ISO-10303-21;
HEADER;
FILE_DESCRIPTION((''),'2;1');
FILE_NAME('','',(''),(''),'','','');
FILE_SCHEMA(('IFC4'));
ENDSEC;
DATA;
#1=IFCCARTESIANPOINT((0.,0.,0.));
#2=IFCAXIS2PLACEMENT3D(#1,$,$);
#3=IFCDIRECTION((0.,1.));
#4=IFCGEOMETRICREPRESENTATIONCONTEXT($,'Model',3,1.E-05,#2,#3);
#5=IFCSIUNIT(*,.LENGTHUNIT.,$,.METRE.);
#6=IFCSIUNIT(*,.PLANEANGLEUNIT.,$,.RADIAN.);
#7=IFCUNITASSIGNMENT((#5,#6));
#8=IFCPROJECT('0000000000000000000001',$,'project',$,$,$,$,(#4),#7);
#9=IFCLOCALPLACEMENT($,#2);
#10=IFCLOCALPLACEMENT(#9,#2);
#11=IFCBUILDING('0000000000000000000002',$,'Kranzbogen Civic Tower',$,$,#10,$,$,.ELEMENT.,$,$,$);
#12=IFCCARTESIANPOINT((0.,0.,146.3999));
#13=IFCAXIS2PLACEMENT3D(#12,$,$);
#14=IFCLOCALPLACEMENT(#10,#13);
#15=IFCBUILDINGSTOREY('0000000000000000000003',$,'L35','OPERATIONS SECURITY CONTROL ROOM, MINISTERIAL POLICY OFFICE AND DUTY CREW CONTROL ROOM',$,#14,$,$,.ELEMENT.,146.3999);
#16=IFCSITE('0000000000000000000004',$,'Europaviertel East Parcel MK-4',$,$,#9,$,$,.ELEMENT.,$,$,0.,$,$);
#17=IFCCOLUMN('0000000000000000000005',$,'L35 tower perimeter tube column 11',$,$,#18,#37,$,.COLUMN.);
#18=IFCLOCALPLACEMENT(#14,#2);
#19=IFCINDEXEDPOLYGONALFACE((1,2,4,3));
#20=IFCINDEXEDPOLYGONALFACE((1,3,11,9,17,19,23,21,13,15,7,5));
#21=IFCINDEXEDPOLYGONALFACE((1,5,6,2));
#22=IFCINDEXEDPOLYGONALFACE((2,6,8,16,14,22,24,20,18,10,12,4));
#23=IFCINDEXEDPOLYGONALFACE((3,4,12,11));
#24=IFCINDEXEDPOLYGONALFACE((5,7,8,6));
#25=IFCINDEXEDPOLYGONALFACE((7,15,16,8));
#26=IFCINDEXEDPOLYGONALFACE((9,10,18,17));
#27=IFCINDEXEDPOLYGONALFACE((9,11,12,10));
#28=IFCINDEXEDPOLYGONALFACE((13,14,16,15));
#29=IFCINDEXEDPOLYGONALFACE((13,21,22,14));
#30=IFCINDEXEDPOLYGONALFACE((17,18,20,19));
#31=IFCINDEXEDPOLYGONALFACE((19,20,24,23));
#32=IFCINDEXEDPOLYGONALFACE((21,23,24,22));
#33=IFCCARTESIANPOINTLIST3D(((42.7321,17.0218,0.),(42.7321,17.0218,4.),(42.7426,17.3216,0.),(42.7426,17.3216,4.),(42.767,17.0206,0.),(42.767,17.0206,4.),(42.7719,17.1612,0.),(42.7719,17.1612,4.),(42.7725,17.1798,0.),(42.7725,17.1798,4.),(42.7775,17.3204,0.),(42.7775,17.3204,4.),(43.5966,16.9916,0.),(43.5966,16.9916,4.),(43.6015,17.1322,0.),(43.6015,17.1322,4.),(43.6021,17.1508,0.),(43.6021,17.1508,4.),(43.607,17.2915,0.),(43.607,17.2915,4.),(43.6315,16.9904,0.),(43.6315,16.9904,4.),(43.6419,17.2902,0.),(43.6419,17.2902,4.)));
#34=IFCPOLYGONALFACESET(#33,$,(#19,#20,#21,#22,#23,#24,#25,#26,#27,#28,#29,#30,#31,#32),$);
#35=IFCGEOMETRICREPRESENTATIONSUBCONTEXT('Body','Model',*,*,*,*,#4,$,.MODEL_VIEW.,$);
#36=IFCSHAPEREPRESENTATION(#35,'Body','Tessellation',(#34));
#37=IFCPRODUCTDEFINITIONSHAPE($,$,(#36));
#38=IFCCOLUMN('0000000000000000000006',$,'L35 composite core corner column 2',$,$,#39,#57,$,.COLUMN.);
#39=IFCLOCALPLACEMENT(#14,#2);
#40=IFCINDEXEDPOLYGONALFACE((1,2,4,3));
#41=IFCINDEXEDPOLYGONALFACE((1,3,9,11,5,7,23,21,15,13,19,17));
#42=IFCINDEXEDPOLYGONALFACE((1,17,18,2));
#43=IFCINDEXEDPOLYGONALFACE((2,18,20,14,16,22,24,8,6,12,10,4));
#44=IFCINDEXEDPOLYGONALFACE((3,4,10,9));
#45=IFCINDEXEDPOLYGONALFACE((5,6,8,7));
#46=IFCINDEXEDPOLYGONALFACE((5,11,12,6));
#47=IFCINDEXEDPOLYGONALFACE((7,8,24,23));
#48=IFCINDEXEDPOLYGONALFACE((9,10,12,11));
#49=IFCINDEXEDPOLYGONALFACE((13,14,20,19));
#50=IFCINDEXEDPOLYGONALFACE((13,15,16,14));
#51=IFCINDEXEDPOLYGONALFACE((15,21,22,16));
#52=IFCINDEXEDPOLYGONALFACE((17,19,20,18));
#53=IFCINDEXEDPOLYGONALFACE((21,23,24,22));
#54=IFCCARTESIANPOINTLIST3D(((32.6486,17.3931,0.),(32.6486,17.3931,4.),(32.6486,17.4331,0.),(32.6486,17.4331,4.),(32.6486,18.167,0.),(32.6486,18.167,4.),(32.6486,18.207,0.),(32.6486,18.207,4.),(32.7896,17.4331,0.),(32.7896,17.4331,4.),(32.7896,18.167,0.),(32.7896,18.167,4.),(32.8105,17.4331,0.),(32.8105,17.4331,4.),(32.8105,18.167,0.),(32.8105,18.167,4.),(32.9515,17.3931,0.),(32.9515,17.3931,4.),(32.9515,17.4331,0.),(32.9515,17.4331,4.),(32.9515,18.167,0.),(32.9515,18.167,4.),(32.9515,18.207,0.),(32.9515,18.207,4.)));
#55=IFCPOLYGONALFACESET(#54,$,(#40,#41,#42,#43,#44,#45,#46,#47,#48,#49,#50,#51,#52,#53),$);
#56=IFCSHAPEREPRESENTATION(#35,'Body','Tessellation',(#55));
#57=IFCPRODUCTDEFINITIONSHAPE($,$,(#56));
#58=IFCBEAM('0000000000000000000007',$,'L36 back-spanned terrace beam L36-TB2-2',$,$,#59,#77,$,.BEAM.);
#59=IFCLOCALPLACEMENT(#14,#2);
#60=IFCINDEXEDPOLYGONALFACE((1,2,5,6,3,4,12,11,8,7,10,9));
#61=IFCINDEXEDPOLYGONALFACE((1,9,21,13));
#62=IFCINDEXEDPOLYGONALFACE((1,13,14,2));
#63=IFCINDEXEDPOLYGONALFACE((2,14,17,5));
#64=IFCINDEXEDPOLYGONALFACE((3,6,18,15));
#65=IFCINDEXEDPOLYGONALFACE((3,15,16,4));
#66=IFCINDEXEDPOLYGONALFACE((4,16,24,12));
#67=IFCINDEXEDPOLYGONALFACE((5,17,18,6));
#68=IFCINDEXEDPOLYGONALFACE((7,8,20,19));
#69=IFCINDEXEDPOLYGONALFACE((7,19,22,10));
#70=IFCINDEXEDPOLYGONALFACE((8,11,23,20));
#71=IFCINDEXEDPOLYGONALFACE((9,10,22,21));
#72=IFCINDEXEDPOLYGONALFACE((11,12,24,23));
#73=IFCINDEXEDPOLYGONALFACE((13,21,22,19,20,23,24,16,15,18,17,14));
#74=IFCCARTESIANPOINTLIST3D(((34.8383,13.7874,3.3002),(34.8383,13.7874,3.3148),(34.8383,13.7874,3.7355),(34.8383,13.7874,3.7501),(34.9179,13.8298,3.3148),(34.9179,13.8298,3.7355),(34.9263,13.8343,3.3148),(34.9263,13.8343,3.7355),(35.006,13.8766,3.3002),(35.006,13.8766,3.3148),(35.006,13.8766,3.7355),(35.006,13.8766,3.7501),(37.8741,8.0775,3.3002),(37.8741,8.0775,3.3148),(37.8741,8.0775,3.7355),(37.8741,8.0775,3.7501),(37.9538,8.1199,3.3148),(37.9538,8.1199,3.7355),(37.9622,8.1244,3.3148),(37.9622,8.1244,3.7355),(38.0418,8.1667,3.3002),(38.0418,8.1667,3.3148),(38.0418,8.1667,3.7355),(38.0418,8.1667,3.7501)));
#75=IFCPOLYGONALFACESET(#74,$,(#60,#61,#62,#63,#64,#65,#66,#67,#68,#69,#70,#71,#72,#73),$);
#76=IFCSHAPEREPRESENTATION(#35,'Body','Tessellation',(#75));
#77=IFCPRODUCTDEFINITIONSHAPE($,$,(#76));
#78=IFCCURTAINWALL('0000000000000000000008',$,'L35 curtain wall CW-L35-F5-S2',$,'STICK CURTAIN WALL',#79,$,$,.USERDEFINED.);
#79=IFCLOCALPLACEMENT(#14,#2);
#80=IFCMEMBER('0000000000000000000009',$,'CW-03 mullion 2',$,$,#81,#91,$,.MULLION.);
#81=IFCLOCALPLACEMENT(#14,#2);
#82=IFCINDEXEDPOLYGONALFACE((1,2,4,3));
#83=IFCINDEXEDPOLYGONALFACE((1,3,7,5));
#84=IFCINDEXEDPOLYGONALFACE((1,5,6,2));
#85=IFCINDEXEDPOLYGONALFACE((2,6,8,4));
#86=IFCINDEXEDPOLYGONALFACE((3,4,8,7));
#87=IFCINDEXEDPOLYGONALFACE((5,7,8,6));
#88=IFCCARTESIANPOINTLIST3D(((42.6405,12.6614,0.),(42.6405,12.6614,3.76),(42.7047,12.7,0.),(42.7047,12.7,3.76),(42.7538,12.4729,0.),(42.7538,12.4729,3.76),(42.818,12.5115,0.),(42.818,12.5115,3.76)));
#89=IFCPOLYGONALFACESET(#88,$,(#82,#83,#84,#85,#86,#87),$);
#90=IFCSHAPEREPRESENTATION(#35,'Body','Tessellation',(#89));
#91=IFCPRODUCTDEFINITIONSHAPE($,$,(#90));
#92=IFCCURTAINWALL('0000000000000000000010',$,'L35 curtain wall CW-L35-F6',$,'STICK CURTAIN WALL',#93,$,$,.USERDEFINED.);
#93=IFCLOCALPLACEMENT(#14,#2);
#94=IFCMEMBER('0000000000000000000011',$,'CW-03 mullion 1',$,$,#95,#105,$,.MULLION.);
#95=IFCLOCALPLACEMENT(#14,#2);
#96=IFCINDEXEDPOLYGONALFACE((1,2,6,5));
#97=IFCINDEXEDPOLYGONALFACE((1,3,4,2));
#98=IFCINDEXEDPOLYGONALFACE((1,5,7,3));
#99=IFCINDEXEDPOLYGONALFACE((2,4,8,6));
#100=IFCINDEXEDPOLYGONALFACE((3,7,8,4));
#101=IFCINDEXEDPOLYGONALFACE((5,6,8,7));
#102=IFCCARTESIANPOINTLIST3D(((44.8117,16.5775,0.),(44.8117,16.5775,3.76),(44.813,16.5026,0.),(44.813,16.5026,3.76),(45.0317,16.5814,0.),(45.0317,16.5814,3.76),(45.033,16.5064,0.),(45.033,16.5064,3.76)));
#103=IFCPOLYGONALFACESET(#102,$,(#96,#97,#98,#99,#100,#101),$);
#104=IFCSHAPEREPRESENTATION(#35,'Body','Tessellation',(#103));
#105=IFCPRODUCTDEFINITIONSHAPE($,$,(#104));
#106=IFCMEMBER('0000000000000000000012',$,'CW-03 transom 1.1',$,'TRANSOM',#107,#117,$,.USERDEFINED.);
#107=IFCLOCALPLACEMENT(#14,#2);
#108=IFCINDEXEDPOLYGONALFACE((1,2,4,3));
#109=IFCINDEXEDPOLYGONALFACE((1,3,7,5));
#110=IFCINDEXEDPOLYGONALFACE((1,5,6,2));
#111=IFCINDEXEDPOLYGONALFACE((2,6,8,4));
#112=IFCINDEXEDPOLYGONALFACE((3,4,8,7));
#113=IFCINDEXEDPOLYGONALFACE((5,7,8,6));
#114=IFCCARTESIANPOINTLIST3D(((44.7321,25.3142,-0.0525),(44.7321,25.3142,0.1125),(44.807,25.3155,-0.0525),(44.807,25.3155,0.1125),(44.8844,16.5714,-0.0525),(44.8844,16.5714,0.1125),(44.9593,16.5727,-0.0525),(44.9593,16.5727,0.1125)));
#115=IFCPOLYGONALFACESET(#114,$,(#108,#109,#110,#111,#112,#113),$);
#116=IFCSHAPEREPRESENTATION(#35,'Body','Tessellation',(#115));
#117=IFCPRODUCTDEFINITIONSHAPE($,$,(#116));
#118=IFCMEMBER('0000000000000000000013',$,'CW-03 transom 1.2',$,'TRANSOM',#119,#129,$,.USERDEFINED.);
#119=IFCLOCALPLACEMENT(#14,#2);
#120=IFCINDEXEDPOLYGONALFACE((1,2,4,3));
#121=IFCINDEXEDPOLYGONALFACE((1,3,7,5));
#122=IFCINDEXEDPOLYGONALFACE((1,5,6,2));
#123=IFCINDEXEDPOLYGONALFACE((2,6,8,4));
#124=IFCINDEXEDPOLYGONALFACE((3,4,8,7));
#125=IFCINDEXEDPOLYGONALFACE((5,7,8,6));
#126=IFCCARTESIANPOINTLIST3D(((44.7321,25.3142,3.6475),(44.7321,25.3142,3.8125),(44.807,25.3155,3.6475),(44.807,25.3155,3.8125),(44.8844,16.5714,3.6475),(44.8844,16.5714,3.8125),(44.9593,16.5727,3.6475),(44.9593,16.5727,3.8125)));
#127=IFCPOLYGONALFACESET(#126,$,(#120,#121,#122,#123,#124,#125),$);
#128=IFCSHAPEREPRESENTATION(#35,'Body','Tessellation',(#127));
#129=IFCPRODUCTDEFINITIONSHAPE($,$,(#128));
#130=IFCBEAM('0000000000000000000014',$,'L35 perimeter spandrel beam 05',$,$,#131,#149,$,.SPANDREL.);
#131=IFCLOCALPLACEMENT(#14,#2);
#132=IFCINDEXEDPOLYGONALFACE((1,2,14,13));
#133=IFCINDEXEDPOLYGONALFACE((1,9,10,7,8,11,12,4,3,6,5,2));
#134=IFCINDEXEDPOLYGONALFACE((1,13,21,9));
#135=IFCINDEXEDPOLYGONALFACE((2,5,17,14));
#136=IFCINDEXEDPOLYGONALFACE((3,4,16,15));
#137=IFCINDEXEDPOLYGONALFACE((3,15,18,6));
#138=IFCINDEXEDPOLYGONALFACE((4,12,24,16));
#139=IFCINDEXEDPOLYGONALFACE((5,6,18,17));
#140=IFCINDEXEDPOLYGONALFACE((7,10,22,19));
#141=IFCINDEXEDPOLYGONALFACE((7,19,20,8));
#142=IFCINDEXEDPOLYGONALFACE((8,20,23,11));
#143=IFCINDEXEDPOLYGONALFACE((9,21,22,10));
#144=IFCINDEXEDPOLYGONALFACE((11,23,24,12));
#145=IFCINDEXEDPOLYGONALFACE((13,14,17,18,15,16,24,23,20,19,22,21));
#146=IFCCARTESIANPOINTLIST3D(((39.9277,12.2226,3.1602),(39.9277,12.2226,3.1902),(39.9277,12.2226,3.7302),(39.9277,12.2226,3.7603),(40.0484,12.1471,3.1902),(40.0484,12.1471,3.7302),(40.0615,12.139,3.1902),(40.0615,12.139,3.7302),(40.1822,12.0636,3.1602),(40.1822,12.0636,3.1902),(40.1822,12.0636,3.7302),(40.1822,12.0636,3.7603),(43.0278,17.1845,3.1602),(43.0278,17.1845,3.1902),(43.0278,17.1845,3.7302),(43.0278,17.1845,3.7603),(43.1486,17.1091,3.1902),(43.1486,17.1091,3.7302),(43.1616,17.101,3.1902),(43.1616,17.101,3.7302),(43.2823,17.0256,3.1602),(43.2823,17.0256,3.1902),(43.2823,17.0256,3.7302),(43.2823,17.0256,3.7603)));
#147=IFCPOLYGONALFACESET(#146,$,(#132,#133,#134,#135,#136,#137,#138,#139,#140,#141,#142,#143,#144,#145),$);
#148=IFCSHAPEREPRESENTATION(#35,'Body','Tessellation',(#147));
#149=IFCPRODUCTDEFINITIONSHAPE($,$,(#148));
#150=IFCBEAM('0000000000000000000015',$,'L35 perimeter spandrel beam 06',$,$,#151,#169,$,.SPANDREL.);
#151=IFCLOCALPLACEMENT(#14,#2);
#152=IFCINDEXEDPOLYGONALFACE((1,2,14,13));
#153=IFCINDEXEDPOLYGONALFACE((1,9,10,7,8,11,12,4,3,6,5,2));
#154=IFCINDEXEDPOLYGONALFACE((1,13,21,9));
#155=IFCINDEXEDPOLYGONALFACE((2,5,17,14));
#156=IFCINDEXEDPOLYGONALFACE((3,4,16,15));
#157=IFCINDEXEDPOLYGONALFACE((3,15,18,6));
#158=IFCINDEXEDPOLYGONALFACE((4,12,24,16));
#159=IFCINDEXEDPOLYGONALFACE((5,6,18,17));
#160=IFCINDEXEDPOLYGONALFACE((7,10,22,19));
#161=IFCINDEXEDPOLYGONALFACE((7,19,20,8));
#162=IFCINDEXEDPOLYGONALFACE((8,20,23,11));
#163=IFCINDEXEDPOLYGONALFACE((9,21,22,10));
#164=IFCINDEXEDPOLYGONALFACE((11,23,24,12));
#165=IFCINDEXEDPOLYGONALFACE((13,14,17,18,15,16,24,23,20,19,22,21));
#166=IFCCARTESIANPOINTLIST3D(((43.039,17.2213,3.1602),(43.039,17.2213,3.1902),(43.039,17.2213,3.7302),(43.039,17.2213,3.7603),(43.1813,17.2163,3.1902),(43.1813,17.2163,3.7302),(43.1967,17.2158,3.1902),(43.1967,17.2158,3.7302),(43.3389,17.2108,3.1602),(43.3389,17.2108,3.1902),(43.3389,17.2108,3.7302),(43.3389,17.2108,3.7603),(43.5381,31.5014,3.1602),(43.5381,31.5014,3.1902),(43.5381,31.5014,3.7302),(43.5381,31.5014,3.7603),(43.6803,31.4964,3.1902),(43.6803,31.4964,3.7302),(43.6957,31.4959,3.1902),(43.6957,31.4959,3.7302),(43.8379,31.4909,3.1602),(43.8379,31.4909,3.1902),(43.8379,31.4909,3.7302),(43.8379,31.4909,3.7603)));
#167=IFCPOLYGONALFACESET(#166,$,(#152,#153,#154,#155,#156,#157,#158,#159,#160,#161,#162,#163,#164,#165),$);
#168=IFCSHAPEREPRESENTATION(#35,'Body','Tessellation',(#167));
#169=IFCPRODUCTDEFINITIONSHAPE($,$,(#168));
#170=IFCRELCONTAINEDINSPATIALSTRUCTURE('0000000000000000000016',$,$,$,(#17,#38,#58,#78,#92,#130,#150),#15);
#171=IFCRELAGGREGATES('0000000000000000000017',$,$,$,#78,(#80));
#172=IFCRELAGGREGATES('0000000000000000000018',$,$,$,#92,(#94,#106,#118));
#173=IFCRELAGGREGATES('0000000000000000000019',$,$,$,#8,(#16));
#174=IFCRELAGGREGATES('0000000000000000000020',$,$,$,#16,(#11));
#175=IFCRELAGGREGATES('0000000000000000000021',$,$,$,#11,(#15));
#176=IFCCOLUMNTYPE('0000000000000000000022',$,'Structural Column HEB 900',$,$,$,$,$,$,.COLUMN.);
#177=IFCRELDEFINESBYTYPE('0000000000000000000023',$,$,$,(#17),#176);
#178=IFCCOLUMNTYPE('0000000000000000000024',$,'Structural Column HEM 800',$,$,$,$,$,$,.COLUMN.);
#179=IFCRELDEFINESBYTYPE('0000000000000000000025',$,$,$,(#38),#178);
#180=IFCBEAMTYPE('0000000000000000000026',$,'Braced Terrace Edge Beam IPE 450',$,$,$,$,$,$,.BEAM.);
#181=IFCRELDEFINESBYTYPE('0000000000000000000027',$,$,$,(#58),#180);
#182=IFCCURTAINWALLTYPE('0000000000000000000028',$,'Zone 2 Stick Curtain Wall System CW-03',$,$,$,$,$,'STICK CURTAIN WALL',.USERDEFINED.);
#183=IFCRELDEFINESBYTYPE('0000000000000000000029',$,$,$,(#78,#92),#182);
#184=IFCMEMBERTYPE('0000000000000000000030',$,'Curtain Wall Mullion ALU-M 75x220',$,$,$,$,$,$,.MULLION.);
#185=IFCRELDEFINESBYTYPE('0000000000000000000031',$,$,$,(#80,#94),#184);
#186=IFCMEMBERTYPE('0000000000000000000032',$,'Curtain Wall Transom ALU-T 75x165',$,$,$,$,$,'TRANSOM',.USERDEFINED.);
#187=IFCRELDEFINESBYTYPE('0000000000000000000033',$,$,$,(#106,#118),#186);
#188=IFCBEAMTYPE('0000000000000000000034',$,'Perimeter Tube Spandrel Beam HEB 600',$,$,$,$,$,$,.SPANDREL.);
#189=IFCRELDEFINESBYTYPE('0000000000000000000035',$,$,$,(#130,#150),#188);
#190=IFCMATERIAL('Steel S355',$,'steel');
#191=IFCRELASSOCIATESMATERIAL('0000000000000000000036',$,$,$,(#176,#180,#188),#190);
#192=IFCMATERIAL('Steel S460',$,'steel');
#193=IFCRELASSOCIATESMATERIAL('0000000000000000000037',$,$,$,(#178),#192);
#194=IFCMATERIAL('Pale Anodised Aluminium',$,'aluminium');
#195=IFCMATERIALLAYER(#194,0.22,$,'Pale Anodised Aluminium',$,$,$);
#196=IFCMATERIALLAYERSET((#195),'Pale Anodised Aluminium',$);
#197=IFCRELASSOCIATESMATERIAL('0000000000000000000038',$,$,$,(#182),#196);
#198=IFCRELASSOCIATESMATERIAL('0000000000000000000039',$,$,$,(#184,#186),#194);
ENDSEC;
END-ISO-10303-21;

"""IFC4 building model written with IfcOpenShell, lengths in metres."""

from ifc_helpers import new_model, si_unit, direction, frame, origin, origin_2d, place, context, subcontext, project, spatial, rectangle, i_section, extrude, material, layer, layer_set, material_profile, profile_set, type_object, element, aggregate, save


model = new_model("IFC4")

# Units and contexts
model_context = context("Model", 3, precision=1e-05, world=origin(), true_north=direction((0.0, 1.0)))
body_context = subcontext(model_context, "Body", "Model", "MODEL_VIEW")
ifc_project = project(units=[si_unit("LENGTHUNIT", "METRE"), si_unit("PLANEANGLEUNIT", "RADIAN")], contexts=[model_context])

# Site, building, storey
site_placement = place(None, origin())
site = spatial("IfcSite", under=ifc_project, at=site_placement, Name="Europaviertel East Parcel MK-4", CompositionType="ELEMENT", RefElevation=0.0)
building_placement = place(site_placement, origin())
building = spatial("IfcBuilding", under=site, at=building_placement, Name="Kranzbogen Civic Tower", CompositionType="ELEMENT")
storey_placement = place(building_placement, frame((0.0, 0.0, 146.3999)))
storey = spatial("IfcBuildingStorey", under=building, at=storey_placement, Name="L35", Description="OPERATIONS SECURITY CONTROL ROOM, MINISTERIAL POLICY OFFICE AND DUTY CREW CONTROL ROOM", CompositionType="ELEMENT", Elevation=146.3999)

# Columns
ifc_material_1 = material(Name="Steel S355", Category="steel")
ifc_material_profile_1 = material_profile(ifc_material_1, i_section(OverallWidth=0.3, OverallDepth=0.8999, WebThickness=0.0186, FlangeThickness=0.0349, at=origin_2d()), Name="HEB 900")
ifc_profile_set_1 = profile_set([ifc_material_profile_1], Name="Steel S355")
column_type_1 = type_object("IfcColumnType", Name="Structural Column HEB 900", PredefinedType="COLUMN", material=ifc_profile_set_1)
column_1_placement = place(storey_placement, frame((43.187, 17.156, 0.0), z_axis=(0.0, 0.0, 1.0), x_axis=(0.034899, 0.999391, 0.0)))
element("IfcColumn", 1, at=column_1_placement, inside=storey, type_object=column_type_1, Name="L35 tower perimeter tube column 11", PredefinedType="COLUMN", context=body_context, shape_type="SweptSolid", body=[
    extrude(i_section(OverallWidth=0.3, OverallDepth=0.8999, WebThickness=0.0186, FlangeThickness=0.0349, at=origin_2d()), origin(), (0.0, 0.0, 1.0), 4.0),
])
ifc_material_2 = material(Name="Steel S460", Category="steel")
ifc_material_profile_2 = material_profile(ifc_material_2, i_section(OverallWidth=0.303, OverallDepth=0.814, WebThickness=0.021, FlangeThickness=0.04, at=origin_2d()), Name="HEM 800")
ifc_profile_set_2 = profile_set([ifc_material_profile_2], Name="Steel S460")
column_type_2 = type_object("IfcColumnType", Name="Structural Column HEM 800", PredefinedType="COLUMN", material=ifc_profile_set_2)
column_2_placement = place(storey_placement, frame((32.8, 17.8, 0.0), z_axis=(0.0, 0.0, 1.0), x_axis=(1.0, 0.0, 0.0)))
element("IfcColumn", 2, at=column_2_placement, inside=storey, type_object=column_type_2, Name="L35 composite core corner column 2", PredefinedType="COLUMN", context=body_context, shape_type="SweptSolid", body=[
    extrude(i_section(OverallWidth=0.303, OverallDepth=0.814, WebThickness=0.021, FlangeThickness=0.04, at=origin_2d()), origin(), (0.0, 0.0, 1.0), 4.0),
])

# Beam
ifc_material_profile_3 = material_profile(ifc_material_1, i_section(OverallWidth=0.1899, OverallDepth=0.45, WebThickness=0.0095, FlangeThickness=0.0146, at=origin_2d()), Name="IPE 450")
ifc_profile_set_3 = profile_set([ifc_material_profile_3], Name="Steel S355")
beam_type_1 = type_object("IfcBeamType", Name="Braced Terrace Edge Beam IPE 450", PredefinedType="BEAM", material=ifc_profile_set_3)
beam_1_placement = place(storey_placement, frame((34.9221, 13.832, 3.5251), z_axis=(0.469453, -0.882957, 0.0), x_axis=(0.882957, 0.469453, 0.0)))
element("IfcBeam", 3, at=beam_1_placement, inside=storey, type_object=beam_type_1, Name="L36 back-spanned terrace beam L36-TB2-2", PredefinedType="BEAM", context=body_context, shape_type="SweptSolid", body=[
    extrude(i_section(OverallWidth=0.1899, OverallDepth=0.45, WebThickness=0.0095, FlangeThickness=0.0146, at=origin_2d()), origin(), (0.0, 0.0, 1.0), 6.4668),
])

# Curtain wall, member
ifc_material_3 = material(Name="Pale Anodised Aluminium", Category="aluminium")
ifc_layer_1 = layer(ifc_material_3, 0.22, Name="Pale Anodised Aluminium")
ifc_layer_set_1 = layer_set([ifc_layer_1], Name="Pale Anodised Aluminium")
curtain_wall_type = type_object("IfcCurtainWallType", Name="Zone 2 Stick Curtain Wall System CW-03", ElementType="STICK CURTAIN WALL", PredefinedType="USERDEFINED", material=ifc_layer_set_1)
curtain_wall_1_placement = place(storey_placement, origin())
curtain_wall_1 = element("IfcCurtainWall", 4, at=curtain_wall_1_placement, inside=storey, type_object=curtain_wall_type, Name="L35 curtain wall CW-L35-F5-S2", ObjectType="STICK CURTAIN WALL", PredefinedType="USERDEFINED")
ifc_material_profile_4 = material_profile(ifc_material_3, rectangle(XDim=0.075, YDim=0.22, at=origin_2d()), Name="ALU-M 75x220")
ifc_profile_set_4 = profile_set([ifc_material_profile_4], Name="Pale Anodised Aluminium")
member_type_1 = type_object("IfcMemberType", Name="Curtain Wall Mullion ALU-M 75x220", PredefinedType="MULLION", material=ifc_profile_set_4)
member_1_placement = place(storey_placement, frame((42.7292, 12.5864, 0.0), z_axis=(0.0, 0.0, 1.0), x_axis=(0.857134, 0.515093, 0.0)))
member_1 = element("IfcMember", 5, at=member_1_placement, type_object=member_type_1, Name="CW-03 mullion 2", PredefinedType="MULLION", context=body_context, shape_type="SweptSolid", body=[
    extrude(rectangle(XDim=0.075, YDim=0.22, at=origin_2d()), origin(), (0.0, 0.0, 1.0), 3.76),
])
aggregate(curtain_wall_1, [member_1])

# Curtain wall, members
curtain_wall_2_placement = place(storey_placement, origin())
curtain_wall_2 = element("IfcCurtainWall", 6, at=curtain_wall_2_placement, inside=storey, type_object=curtain_wall_type, Name="L35 curtain wall CW-L35-F6", ObjectType="STICK CURTAIN WALL", PredefinedType="USERDEFINED")
member_2_placement = place(storey_placement, frame((44.9224, 16.542, 0.0), z_axis=(0.0, 0.0, 1.0), x_axis=(-0.017432, 0.999848, 0.0)))
member_2 = element("IfcMember", 7, at=member_2_placement, type_object=member_type_1, Name="CW-03 mullion 1", PredefinedType="MULLION", context=body_context, shape_type="SweptSolid", body=[
    extrude(rectangle(XDim=0.075, YDim=0.22, at=origin_2d()), origin(), (0.0, 0.0, 1.0), 3.76),
])
ifc_material_profile_5 = material_profile(ifc_material_3, rectangle(XDim=0.075, YDim=0.165, at=origin_2d()), Name="ALU-T 75x165")
ifc_profile_set_5 = profile_set([ifc_material_profile_5], Name="Pale Anodised Aluminium")
member_type_2 = type_object("IfcMemberType", Name="Curtain Wall Transom ALU-T 75x165", ElementType="TRANSOM", PredefinedType="USERDEFINED", material=ifc_profile_set_5)
member_3_placement = place(storey_placement, frame((44.9219, 16.572, 0.03), z_axis=(-0.017422, 0.999848, 0.0), x_axis=(-0.999848, -0.017422, 0.0)))
member_3 = element("IfcMember", 8, at=member_3_placement, type_object=member_type_2, Name="CW-03 transom 1.1", ObjectType="TRANSOM", PredefinedType="USERDEFINED", context=body_context, shape_type="SweptSolid", body=[
    extrude(rectangle(XDim=0.075, YDim=0.165, at=origin_2d()), origin(), (0.0, 0.0, 1.0), 8.7441),
])
member_4_placement = place(storey_placement, frame((44.9219, 16.572, 3.73), z_axis=(-0.017422, 0.999848, 0.0), x_axis=(-0.999848, -0.017422, 0.0)))
member_4 = element("IfcMember", 9, at=member_4_placement, type_object=member_type_2, Name="CW-03 transom 1.2", ObjectType="TRANSOM", PredefinedType="USERDEFINED", context=body_context, shape_type="SweptSolid", body=[
    extrude(rectangle(XDim=0.075, YDim=0.165, at=origin_2d()), origin(), (0.0, 0.0, 1.0), 8.7441),
])

# Beams
ifc_material_profile_6 = material_profile(ifc_material_1, i_section(OverallWidth=0.3, OverallDepth=0.6001, WebThickness=0.0154, FlangeThickness=0.03, at=origin_2d()), Name="HEB 600")
ifc_profile_set_6 = profile_set([ifc_material_profile_6], Name="Steel S355")
beam_type_2 = type_object("IfcBeamType", Name="Perimeter Tube Spandrel Beam HEB 600", PredefinedType="SPANDREL", material=ifc_profile_set_6)
beam_2_placement = place(storey_placement, frame((40.0549, 12.1431, 3.4602), z_axis=(0.529864, 0.848083, 0.0), x_axis=(-0.848083, 0.529864, 0.0)))
element("IfcBeam", 10, at=beam_2_placement, inside=storey, type_object=beam_type_2, Name="L35 perimeter spandrel beam 05", PredefinedType="SPANDREL", context=body_context, shape_type="SweptSolid", body=[
    extrude(i_section(OverallWidth=0.3, OverallDepth=0.6001, WebThickness=0.0154, FlangeThickness=0.03, at=origin_2d()), origin(), (0.0, 0.0, 1.0), 5.8508),
])
beam_3_placement = place(storey_placement, frame((43.189, 17.2161, 3.4602), z_axis=(0.034924, 0.99939, 0.0), x_axis=(-0.99939, 0.034924, 0.0)))
element("IfcBeam", 11, at=beam_3_placement, inside=storey, type_object=beam_type_2, Name="L35 perimeter spandrel beam 06", PredefinedType="SPANDREL", context=body_context, shape_type="SweptSolid", body=[
    extrude(i_section(OverallWidth=0.3, OverallDepth=0.6001, WebThickness=0.0154, FlangeThickness=0.03, at=origin_2d()), origin(), (0.0, 0.0, 1.0), 14.2888),
])

aggregate(curtain_wall_2, [member_2, member_3, member_4])

save(model, "model.ifc")
